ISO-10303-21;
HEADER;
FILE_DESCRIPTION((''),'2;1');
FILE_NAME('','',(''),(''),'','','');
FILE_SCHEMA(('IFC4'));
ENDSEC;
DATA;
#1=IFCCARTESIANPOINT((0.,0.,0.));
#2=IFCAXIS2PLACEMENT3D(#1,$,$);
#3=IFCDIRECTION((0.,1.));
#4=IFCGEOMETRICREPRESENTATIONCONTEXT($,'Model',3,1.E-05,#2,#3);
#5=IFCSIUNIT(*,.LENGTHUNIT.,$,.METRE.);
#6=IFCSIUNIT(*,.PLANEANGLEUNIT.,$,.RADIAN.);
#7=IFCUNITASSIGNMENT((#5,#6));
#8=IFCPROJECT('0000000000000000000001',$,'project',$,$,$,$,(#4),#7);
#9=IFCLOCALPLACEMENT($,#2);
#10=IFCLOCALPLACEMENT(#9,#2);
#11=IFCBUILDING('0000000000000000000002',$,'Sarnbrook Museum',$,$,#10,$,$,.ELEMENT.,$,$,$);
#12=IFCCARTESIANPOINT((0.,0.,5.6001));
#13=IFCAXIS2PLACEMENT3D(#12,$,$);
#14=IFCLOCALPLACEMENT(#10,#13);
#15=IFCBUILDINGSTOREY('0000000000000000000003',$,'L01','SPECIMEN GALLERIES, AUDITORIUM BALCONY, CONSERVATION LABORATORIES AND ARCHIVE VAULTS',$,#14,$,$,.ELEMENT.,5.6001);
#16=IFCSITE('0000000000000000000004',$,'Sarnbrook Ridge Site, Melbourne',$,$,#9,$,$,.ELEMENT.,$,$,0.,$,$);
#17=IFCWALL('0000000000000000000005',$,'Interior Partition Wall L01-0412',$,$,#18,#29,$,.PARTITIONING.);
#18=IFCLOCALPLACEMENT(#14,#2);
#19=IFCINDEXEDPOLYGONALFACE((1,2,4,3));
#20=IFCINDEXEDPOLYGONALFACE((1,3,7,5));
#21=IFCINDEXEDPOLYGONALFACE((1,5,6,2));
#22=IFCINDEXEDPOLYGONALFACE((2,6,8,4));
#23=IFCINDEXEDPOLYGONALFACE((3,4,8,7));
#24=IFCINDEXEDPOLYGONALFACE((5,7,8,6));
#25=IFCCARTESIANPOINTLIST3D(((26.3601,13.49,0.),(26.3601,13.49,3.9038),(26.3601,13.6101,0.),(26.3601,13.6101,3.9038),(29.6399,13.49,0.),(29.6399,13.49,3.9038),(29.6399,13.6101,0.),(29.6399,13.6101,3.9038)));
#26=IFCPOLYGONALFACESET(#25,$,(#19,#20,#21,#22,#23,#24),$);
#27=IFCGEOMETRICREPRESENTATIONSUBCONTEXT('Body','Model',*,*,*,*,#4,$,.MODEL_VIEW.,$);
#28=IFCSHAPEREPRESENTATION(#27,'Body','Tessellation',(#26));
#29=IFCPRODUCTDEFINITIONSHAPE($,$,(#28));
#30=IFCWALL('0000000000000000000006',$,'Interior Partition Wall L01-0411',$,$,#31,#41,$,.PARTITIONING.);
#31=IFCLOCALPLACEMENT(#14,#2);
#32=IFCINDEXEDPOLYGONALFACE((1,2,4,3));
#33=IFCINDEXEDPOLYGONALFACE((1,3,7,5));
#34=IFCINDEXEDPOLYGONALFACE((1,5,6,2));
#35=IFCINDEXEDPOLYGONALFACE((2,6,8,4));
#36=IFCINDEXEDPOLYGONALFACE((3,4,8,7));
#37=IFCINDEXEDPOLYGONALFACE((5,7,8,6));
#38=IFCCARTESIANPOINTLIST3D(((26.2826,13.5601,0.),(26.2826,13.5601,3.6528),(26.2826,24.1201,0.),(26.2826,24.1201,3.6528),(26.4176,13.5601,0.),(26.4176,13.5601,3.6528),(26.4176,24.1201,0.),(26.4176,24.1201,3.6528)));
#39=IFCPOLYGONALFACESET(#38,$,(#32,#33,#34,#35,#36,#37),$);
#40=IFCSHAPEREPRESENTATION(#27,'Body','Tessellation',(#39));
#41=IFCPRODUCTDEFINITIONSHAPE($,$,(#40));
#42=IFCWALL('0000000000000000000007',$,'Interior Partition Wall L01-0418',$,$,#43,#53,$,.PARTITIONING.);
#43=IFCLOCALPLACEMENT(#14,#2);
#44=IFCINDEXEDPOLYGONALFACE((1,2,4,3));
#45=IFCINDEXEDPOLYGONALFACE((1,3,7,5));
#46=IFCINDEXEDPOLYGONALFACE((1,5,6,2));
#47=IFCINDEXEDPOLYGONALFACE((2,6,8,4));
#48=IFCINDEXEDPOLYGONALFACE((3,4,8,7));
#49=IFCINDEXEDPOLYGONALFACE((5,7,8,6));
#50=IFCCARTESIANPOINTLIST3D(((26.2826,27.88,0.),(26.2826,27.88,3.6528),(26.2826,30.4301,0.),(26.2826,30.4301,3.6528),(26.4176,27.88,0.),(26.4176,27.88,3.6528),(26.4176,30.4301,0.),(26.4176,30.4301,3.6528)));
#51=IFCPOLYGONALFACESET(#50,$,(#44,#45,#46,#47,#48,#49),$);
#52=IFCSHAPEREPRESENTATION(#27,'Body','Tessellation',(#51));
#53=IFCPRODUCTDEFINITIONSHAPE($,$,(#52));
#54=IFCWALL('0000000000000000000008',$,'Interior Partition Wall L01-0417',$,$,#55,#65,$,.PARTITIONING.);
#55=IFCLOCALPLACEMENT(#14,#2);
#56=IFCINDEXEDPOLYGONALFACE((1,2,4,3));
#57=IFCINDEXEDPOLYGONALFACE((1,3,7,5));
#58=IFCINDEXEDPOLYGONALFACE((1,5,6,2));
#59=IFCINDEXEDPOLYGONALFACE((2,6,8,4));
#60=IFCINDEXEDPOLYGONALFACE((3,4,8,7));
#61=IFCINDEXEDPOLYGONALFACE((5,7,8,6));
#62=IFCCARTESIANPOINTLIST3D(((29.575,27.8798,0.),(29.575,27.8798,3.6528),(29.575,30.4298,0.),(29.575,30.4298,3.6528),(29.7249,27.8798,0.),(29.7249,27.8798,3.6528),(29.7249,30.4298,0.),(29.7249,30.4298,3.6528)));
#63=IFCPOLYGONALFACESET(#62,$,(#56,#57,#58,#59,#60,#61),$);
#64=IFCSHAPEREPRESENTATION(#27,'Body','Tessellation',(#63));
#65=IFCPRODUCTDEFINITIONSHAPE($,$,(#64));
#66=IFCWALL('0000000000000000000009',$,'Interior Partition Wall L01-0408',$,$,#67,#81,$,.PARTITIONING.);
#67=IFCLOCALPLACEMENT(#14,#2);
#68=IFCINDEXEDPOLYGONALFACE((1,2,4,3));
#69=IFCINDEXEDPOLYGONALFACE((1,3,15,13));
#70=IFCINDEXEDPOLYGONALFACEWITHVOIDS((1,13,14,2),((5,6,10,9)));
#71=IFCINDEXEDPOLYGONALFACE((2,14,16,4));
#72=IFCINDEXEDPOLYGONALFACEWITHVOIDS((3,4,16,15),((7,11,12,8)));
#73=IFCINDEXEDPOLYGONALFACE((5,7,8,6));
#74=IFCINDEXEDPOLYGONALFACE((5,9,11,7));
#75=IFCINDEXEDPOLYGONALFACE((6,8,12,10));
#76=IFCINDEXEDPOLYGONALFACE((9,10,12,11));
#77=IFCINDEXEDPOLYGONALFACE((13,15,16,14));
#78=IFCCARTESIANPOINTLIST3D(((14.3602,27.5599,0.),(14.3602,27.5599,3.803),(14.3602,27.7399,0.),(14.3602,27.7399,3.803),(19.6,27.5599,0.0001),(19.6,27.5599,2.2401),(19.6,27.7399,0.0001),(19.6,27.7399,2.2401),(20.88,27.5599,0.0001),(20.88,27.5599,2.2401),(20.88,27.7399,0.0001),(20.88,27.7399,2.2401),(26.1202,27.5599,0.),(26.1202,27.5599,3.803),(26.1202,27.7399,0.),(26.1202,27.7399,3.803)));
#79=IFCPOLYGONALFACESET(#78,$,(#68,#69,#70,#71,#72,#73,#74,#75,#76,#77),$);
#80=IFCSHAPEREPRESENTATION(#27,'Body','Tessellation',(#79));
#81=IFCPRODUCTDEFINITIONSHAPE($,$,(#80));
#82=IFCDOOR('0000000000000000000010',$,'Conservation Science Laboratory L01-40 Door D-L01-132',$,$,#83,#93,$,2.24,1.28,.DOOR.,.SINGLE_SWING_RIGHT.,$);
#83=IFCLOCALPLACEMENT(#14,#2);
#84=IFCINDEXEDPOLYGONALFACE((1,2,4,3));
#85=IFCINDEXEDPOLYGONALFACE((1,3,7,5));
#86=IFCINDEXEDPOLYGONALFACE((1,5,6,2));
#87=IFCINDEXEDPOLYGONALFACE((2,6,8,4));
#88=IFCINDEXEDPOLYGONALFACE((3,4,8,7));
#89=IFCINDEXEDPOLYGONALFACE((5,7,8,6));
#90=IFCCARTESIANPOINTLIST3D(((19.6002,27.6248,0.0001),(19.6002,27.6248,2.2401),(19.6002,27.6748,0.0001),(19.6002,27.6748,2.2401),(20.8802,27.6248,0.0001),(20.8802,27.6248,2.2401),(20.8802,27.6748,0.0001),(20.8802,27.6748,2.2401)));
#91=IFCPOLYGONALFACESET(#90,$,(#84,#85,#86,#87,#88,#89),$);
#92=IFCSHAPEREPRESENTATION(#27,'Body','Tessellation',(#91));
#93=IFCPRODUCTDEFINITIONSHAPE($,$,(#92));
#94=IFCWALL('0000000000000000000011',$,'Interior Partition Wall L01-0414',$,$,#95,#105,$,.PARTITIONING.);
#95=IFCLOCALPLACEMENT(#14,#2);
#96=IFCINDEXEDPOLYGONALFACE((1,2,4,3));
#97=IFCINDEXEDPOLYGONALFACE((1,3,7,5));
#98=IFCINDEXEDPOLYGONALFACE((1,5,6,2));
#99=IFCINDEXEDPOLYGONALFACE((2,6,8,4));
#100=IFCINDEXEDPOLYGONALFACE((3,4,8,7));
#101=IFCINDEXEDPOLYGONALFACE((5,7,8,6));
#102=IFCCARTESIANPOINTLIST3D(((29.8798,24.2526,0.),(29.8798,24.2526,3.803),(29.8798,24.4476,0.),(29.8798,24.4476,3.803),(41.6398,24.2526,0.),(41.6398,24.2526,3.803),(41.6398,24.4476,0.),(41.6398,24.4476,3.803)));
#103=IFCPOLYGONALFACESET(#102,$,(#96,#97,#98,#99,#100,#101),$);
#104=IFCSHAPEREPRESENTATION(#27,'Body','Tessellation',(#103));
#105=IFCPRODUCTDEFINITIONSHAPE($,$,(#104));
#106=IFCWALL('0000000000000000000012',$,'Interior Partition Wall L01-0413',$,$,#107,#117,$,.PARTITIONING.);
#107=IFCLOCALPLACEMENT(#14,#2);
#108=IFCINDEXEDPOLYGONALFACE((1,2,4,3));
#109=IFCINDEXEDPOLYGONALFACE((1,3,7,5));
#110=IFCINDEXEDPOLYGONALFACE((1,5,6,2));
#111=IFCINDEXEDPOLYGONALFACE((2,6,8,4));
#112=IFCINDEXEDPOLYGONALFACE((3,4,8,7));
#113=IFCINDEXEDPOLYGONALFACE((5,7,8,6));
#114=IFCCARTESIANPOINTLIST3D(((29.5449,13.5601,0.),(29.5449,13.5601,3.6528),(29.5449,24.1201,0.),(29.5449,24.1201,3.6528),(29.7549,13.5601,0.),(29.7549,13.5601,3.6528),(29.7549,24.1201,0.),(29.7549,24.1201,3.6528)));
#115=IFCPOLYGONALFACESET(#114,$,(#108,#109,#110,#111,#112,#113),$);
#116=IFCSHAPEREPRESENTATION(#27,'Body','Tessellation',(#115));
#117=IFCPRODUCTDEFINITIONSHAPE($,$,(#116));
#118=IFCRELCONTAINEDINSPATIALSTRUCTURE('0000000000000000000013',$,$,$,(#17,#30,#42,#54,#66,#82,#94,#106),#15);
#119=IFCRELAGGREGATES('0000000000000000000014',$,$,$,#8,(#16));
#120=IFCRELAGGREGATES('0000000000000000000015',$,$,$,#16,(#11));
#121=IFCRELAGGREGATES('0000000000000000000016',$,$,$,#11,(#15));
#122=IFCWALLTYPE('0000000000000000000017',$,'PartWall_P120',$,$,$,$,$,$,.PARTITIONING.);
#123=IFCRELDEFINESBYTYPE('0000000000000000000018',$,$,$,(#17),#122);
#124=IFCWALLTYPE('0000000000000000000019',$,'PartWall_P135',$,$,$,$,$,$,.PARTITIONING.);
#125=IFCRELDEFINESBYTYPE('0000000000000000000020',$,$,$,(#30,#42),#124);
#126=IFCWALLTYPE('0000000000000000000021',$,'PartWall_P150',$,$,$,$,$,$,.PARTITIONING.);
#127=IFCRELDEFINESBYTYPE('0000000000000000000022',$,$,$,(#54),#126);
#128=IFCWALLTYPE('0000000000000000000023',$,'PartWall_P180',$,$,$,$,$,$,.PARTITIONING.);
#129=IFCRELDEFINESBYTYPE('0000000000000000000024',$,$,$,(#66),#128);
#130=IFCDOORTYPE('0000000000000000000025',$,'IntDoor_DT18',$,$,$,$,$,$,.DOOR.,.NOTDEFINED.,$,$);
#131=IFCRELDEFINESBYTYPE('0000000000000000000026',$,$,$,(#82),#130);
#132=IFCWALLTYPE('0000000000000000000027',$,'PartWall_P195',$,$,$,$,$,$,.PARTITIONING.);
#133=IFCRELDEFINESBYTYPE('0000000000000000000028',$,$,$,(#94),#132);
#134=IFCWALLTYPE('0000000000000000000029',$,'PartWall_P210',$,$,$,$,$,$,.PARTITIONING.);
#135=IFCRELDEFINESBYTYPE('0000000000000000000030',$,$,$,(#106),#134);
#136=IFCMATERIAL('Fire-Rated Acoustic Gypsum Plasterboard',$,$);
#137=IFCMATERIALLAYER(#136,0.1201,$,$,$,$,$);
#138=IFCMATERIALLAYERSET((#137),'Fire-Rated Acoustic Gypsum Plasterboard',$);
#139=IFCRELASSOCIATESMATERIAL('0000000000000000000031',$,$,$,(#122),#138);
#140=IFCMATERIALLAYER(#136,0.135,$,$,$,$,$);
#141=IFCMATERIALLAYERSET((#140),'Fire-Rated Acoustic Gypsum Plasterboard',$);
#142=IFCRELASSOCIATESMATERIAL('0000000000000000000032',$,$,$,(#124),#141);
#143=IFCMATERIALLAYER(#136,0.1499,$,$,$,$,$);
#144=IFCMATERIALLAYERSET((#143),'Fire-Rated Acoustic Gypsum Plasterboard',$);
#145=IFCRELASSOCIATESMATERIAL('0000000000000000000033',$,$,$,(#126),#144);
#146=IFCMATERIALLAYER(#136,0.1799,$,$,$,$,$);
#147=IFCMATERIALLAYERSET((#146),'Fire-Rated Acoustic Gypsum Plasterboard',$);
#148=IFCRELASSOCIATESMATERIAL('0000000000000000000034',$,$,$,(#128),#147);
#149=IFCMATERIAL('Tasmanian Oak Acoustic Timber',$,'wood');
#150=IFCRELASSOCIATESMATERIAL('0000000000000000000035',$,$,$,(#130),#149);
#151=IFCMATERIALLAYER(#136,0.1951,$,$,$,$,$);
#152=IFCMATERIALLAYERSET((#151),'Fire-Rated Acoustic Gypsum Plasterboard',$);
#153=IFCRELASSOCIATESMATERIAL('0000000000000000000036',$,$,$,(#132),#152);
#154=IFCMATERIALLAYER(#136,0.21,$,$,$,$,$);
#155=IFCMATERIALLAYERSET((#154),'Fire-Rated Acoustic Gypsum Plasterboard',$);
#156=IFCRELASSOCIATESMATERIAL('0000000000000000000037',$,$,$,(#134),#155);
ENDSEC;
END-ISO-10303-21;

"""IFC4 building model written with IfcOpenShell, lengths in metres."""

from ifc_helpers import new_model, si_unit, direction, frame, frame_2d, origin, place, context, subcontext, project, spatial, rectangle, extrude, material, layer, layer_set, type_object, element, fill, save


model = new_model("IFC4")

# Units and contexts
model_context = context("Model", 3, precision=1e-05, world=origin(), true_north=direction((0.0, 1.0)))
body_context = subcontext(model_context, "Body", "Model", "MODEL_VIEW")
ifc_project = project(units=[si_unit("LENGTHUNIT", "METRE"), si_unit("PLANEANGLEUNIT", "RADIAN")], contexts=[model_context])

# Site, building, storey
site_placement = place(None, origin())
site = spatial("IfcSite", under=ifc_project, at=site_placement, Name="Sarnbrook Ridge Site, Melbourne", CompositionType="ELEMENT", RefElevation=0.0)
building_placement = place(site_placement, origin())
building = spatial("IfcBuilding", under=site, at=building_placement, Name="Sarnbrook Museum", CompositionType="ELEMENT")
storey_placement = place(building_placement, frame((0.0, 0.0, 5.6001)))
storey = spatial("IfcBuildingStorey", under=building, at=storey_placement, Name="L01", Description="SPECIMEN GALLERIES, AUDITORIUM BALCONY, CONSERVATION LABORATORIES AND ARCHIVE VAULTS", CompositionType="ELEMENT", Elevation=5.6001)

# Walls
ifc_material_1 = material(Name="Fire-Rated Acoustic Gypsum Plasterboard")
ifc_layer_1 = layer(ifc_material_1, 0.1201)
ifc_layer_set_1 = layer_set([ifc_layer_1], Name="Fire-Rated Acoustic Gypsum Plasterboard")
wall_type_1 = type_object("IfcWallType", Name="PartWall_P120", PredefinedType="PARTITIONING", material=ifc_layer_set_1)
wall_1_placement = place(storey_placement, frame((26.3601, 13.55, 0.0), z_axis=(0.0, 0.0, 1.0), x_axis=(1.0, 0.0, 0.0)))
element("IfcWall", 1, at=wall_1_placement, inside=storey, type_object=wall_type_1, Name="Interior Partition Wall L01-0412", PredefinedType="PARTITIONING", context=body_context, shape_type="SweptSolid", body=[
    extrude(rectangle(XDim=3.2798, YDim=0.1201, at=frame_2d((1.6399, 0.0))), origin(), (0.0, 0.0, 1.0), 3.9038),
])
ifc_layer_2 = layer(ifc_material_1, 0.135)
ifc_layer_set_2 = layer_set([ifc_layer_2], Name="Fire-Rated Acoustic Gypsum Plasterboard")
wall_type_2 = type_object("IfcWallType", Name="PartWall_P135", PredefinedType="PARTITIONING", material=ifc_layer_set_2)
wall_2_placement = place(storey_placement, frame((26.3501, 24.1201, 0.0), z_axis=(0.0, 0.0, 1.0), x_axis=(0.0, -1.0, 0.0)))
element("IfcWall", 2, at=wall_2_placement, inside=storey, type_object=wall_type_2, Name="Interior Partition Wall L01-0411", PredefinedType="PARTITIONING", context=body_context, shape_type="SweptSolid", body=[
    extrude(rectangle(XDim=10.5601, YDim=0.135, at=frame_2d((5.28, 0.0))), origin(), (0.0, 0.0, 1.0), 3.6528),
])
wall_3_placement = place(storey_placement, frame((26.3501, 30.4299, 0.0), z_axis=(0.0, 0.0, 1.0), x_axis=(0.0, -1.0, 0.0)))
element("IfcWall", 3, at=wall_3_placement, inside=storey, type_object=wall_type_2, Name="Interior Partition Wall L01-0418", PredefinedType="PARTITIONING", context=body_context, shape_type="SweptSolid", body=[
    extrude(rectangle(XDim=2.55, YDim=0.135, at=frame_2d((1.2749, 0.0))), origin(), (0.0, 0.0, 1.0), 3.6528),
])
ifc_layer_3 = layer(ifc_material_1, 0.1499)
ifc_layer_set_3 = layer_set([ifc_layer_3], Name="Fire-Rated Acoustic Gypsum Plasterboard")
wall_type_3 = type_object("IfcWallType", Name="PartWall_P150", PredefinedType="PARTITIONING", material=ifc_layer_set_3)
wall_4_placement = place(storey_placement, frame((29.6499, 27.8799, 0.0), z_axis=(0.0, 0.0, 1.0), x_axis=(0.0, 1.0, 0.0)))
element("IfcWall", 4, at=wall_4_placement, inside=storey, type_object=wall_type_3, Name="Interior Partition Wall L01-0417", PredefinedType="PARTITIONING", context=body_context, shape_type="SweptSolid", body=[
    extrude(rectangle(XDim=2.55, YDim=0.1499, at=frame_2d((1.2749, 0.0))), origin(), (0.0, 0.0, 1.0), 3.6528),
])

# Wall, opening, door
ifc_layer_4 = layer(ifc_material_1, 0.1799)
ifc_layer_set_4 = layer_set([ifc_layer_4], Name="Fire-Rated Acoustic Gypsum Plasterboard")
wall_type_4 = type_object("IfcWallType", Name="PartWall_P180", PredefinedType="PARTITIONING", material=ifc_layer_set_4)
wall_5_placement = place(storey_placement, frame((26.1201, 27.6499, 0.0), z_axis=(0.0, 0.0, 1.0), x_axis=(-1.0, 0.0, 0.0)))
wall_5 = element("IfcWall", 5, at=wall_5_placement, inside=storey, type_object=wall_type_4, Name="Interior Partition Wall L01-0408", PredefinedType="PARTITIONING", context=body_context, shape_type="SweptSolid", body=[
    extrude(rectangle(XDim=11.76, YDim=0.1799, at=frame_2d((5.8799, 0.0))), origin(), (0.0, 0.0, 1.0), 3.803),
])
opening_placement = place(wall_5_placement, frame((5.24, 0.0, 0.0)))
opening = element("IfcOpeningElement", 6, at=opening_placement, cuts=wall_5, PredefinedType="OPENING", context=body_context, shape_type="SweptSolid", body=[
    extrude(rectangle(XDim=1.28, YDim=2.24, at=frame_2d((0.6401, 1.1201))), frame((0.0, 0.1001, 0.0), z_axis=(0.0, -1.0, 0.0), x_axis=(1.0, 0.0, 0.0)), (0.0, 0.0, 1.0), 0.2),
])
ifc_material_2 = material(Name="Tasmanian Oak Acoustic Timber", Category="wood")
door_type = type_object("IfcDoorType", Name="IntDoor_DT18", OperationType="NOTDEFINED", PredefinedType="DOOR", material=ifc_material_2)
door_placement = place(opening_placement, frame((1.28, 0.0, 0.0), z_axis=(0.0, 0.0, 1.0), x_axis=(-1.0, 0.0, 0.0)))
door = element("IfcDoor", 7, at=door_placement, inside=storey, type_object=door_type, Name="Conservation Science Laboratory L01-40 Door D-L01-132", OperationType="SINGLE_SWING_RIGHT", OverallHeight=2.24, OverallWidth=1.28, PredefinedType="DOOR", context=body_context, shape_type="SweptSolid", body=[
    extrude(rectangle(XDim=1.28, YDim=2.24, at=frame_2d((0.6401, 1.1201))), frame((0.0, 0.0249, 0.0), z_axis=(0.0, -1.0, 0.0), x_axis=(1.0, 0.0, 0.0)), (0.0, 0.0, 1.0), 0.05),
])
fill(opening, door)

# Walls
ifc_layer_5 = layer(ifc_material_1, 0.1951)
ifc_layer_set_5 = layer_set([ifc_layer_5], Name="Fire-Rated Acoustic Gypsum Plasterboard")
wall_type_5 = type_object("IfcWallType", Name="PartWall_P195", PredefinedType="PARTITIONING", material=ifc_layer_set_5)
wall_6_placement = place(storey_placement, frame((29.8799, 24.3501, 0.0), z_axis=(0.0, 0.0, 1.0), x_axis=(1.0, 0.0, 0.0)))
element("IfcWall", 8, at=wall_6_placement, inside=storey, type_object=wall_type_5, Name="Interior Partition Wall L01-0414", PredefinedType="PARTITIONING", context=body_context, shape_type="SweptSolid", body=[
    extrude(rectangle(XDim=11.76, YDim=0.1951, at=frame_2d((5.8799, 0.0))), origin(), (0.0, 0.0, 1.0), 3.803),
])
ifc_layer_6 = layer(ifc_material_1, 0.21)
ifc_layer_set_6 = layer_set([ifc_layer_6], Name="Fire-Rated Acoustic Gypsum Plasterboard")
wall_type_6 = type_object("IfcWallType", Name="PartWall_P210", PredefinedType="PARTITIONING", material=ifc_layer_set_6)
wall_7_placement = place(storey_placement, frame((29.6499, 13.5601, 0.0), z_axis=(0.0, 0.0, 1.0), x_axis=(0.0, 1.0, 0.0)))
element("IfcWall", 9, at=wall_7_placement, inside=storey, type_object=wall_type_6, Name="Interior Partition Wall L01-0413", PredefinedType="PARTITIONING", context=body_context, shape_type="SweptSolid", body=[
    extrude(rectangle(XDim=10.5601, YDim=0.21, at=frame_2d((5.28, 0.0))), origin(), (0.0, 0.0, 1.0), 3.6528),
])

save(model, "model.ifc")
